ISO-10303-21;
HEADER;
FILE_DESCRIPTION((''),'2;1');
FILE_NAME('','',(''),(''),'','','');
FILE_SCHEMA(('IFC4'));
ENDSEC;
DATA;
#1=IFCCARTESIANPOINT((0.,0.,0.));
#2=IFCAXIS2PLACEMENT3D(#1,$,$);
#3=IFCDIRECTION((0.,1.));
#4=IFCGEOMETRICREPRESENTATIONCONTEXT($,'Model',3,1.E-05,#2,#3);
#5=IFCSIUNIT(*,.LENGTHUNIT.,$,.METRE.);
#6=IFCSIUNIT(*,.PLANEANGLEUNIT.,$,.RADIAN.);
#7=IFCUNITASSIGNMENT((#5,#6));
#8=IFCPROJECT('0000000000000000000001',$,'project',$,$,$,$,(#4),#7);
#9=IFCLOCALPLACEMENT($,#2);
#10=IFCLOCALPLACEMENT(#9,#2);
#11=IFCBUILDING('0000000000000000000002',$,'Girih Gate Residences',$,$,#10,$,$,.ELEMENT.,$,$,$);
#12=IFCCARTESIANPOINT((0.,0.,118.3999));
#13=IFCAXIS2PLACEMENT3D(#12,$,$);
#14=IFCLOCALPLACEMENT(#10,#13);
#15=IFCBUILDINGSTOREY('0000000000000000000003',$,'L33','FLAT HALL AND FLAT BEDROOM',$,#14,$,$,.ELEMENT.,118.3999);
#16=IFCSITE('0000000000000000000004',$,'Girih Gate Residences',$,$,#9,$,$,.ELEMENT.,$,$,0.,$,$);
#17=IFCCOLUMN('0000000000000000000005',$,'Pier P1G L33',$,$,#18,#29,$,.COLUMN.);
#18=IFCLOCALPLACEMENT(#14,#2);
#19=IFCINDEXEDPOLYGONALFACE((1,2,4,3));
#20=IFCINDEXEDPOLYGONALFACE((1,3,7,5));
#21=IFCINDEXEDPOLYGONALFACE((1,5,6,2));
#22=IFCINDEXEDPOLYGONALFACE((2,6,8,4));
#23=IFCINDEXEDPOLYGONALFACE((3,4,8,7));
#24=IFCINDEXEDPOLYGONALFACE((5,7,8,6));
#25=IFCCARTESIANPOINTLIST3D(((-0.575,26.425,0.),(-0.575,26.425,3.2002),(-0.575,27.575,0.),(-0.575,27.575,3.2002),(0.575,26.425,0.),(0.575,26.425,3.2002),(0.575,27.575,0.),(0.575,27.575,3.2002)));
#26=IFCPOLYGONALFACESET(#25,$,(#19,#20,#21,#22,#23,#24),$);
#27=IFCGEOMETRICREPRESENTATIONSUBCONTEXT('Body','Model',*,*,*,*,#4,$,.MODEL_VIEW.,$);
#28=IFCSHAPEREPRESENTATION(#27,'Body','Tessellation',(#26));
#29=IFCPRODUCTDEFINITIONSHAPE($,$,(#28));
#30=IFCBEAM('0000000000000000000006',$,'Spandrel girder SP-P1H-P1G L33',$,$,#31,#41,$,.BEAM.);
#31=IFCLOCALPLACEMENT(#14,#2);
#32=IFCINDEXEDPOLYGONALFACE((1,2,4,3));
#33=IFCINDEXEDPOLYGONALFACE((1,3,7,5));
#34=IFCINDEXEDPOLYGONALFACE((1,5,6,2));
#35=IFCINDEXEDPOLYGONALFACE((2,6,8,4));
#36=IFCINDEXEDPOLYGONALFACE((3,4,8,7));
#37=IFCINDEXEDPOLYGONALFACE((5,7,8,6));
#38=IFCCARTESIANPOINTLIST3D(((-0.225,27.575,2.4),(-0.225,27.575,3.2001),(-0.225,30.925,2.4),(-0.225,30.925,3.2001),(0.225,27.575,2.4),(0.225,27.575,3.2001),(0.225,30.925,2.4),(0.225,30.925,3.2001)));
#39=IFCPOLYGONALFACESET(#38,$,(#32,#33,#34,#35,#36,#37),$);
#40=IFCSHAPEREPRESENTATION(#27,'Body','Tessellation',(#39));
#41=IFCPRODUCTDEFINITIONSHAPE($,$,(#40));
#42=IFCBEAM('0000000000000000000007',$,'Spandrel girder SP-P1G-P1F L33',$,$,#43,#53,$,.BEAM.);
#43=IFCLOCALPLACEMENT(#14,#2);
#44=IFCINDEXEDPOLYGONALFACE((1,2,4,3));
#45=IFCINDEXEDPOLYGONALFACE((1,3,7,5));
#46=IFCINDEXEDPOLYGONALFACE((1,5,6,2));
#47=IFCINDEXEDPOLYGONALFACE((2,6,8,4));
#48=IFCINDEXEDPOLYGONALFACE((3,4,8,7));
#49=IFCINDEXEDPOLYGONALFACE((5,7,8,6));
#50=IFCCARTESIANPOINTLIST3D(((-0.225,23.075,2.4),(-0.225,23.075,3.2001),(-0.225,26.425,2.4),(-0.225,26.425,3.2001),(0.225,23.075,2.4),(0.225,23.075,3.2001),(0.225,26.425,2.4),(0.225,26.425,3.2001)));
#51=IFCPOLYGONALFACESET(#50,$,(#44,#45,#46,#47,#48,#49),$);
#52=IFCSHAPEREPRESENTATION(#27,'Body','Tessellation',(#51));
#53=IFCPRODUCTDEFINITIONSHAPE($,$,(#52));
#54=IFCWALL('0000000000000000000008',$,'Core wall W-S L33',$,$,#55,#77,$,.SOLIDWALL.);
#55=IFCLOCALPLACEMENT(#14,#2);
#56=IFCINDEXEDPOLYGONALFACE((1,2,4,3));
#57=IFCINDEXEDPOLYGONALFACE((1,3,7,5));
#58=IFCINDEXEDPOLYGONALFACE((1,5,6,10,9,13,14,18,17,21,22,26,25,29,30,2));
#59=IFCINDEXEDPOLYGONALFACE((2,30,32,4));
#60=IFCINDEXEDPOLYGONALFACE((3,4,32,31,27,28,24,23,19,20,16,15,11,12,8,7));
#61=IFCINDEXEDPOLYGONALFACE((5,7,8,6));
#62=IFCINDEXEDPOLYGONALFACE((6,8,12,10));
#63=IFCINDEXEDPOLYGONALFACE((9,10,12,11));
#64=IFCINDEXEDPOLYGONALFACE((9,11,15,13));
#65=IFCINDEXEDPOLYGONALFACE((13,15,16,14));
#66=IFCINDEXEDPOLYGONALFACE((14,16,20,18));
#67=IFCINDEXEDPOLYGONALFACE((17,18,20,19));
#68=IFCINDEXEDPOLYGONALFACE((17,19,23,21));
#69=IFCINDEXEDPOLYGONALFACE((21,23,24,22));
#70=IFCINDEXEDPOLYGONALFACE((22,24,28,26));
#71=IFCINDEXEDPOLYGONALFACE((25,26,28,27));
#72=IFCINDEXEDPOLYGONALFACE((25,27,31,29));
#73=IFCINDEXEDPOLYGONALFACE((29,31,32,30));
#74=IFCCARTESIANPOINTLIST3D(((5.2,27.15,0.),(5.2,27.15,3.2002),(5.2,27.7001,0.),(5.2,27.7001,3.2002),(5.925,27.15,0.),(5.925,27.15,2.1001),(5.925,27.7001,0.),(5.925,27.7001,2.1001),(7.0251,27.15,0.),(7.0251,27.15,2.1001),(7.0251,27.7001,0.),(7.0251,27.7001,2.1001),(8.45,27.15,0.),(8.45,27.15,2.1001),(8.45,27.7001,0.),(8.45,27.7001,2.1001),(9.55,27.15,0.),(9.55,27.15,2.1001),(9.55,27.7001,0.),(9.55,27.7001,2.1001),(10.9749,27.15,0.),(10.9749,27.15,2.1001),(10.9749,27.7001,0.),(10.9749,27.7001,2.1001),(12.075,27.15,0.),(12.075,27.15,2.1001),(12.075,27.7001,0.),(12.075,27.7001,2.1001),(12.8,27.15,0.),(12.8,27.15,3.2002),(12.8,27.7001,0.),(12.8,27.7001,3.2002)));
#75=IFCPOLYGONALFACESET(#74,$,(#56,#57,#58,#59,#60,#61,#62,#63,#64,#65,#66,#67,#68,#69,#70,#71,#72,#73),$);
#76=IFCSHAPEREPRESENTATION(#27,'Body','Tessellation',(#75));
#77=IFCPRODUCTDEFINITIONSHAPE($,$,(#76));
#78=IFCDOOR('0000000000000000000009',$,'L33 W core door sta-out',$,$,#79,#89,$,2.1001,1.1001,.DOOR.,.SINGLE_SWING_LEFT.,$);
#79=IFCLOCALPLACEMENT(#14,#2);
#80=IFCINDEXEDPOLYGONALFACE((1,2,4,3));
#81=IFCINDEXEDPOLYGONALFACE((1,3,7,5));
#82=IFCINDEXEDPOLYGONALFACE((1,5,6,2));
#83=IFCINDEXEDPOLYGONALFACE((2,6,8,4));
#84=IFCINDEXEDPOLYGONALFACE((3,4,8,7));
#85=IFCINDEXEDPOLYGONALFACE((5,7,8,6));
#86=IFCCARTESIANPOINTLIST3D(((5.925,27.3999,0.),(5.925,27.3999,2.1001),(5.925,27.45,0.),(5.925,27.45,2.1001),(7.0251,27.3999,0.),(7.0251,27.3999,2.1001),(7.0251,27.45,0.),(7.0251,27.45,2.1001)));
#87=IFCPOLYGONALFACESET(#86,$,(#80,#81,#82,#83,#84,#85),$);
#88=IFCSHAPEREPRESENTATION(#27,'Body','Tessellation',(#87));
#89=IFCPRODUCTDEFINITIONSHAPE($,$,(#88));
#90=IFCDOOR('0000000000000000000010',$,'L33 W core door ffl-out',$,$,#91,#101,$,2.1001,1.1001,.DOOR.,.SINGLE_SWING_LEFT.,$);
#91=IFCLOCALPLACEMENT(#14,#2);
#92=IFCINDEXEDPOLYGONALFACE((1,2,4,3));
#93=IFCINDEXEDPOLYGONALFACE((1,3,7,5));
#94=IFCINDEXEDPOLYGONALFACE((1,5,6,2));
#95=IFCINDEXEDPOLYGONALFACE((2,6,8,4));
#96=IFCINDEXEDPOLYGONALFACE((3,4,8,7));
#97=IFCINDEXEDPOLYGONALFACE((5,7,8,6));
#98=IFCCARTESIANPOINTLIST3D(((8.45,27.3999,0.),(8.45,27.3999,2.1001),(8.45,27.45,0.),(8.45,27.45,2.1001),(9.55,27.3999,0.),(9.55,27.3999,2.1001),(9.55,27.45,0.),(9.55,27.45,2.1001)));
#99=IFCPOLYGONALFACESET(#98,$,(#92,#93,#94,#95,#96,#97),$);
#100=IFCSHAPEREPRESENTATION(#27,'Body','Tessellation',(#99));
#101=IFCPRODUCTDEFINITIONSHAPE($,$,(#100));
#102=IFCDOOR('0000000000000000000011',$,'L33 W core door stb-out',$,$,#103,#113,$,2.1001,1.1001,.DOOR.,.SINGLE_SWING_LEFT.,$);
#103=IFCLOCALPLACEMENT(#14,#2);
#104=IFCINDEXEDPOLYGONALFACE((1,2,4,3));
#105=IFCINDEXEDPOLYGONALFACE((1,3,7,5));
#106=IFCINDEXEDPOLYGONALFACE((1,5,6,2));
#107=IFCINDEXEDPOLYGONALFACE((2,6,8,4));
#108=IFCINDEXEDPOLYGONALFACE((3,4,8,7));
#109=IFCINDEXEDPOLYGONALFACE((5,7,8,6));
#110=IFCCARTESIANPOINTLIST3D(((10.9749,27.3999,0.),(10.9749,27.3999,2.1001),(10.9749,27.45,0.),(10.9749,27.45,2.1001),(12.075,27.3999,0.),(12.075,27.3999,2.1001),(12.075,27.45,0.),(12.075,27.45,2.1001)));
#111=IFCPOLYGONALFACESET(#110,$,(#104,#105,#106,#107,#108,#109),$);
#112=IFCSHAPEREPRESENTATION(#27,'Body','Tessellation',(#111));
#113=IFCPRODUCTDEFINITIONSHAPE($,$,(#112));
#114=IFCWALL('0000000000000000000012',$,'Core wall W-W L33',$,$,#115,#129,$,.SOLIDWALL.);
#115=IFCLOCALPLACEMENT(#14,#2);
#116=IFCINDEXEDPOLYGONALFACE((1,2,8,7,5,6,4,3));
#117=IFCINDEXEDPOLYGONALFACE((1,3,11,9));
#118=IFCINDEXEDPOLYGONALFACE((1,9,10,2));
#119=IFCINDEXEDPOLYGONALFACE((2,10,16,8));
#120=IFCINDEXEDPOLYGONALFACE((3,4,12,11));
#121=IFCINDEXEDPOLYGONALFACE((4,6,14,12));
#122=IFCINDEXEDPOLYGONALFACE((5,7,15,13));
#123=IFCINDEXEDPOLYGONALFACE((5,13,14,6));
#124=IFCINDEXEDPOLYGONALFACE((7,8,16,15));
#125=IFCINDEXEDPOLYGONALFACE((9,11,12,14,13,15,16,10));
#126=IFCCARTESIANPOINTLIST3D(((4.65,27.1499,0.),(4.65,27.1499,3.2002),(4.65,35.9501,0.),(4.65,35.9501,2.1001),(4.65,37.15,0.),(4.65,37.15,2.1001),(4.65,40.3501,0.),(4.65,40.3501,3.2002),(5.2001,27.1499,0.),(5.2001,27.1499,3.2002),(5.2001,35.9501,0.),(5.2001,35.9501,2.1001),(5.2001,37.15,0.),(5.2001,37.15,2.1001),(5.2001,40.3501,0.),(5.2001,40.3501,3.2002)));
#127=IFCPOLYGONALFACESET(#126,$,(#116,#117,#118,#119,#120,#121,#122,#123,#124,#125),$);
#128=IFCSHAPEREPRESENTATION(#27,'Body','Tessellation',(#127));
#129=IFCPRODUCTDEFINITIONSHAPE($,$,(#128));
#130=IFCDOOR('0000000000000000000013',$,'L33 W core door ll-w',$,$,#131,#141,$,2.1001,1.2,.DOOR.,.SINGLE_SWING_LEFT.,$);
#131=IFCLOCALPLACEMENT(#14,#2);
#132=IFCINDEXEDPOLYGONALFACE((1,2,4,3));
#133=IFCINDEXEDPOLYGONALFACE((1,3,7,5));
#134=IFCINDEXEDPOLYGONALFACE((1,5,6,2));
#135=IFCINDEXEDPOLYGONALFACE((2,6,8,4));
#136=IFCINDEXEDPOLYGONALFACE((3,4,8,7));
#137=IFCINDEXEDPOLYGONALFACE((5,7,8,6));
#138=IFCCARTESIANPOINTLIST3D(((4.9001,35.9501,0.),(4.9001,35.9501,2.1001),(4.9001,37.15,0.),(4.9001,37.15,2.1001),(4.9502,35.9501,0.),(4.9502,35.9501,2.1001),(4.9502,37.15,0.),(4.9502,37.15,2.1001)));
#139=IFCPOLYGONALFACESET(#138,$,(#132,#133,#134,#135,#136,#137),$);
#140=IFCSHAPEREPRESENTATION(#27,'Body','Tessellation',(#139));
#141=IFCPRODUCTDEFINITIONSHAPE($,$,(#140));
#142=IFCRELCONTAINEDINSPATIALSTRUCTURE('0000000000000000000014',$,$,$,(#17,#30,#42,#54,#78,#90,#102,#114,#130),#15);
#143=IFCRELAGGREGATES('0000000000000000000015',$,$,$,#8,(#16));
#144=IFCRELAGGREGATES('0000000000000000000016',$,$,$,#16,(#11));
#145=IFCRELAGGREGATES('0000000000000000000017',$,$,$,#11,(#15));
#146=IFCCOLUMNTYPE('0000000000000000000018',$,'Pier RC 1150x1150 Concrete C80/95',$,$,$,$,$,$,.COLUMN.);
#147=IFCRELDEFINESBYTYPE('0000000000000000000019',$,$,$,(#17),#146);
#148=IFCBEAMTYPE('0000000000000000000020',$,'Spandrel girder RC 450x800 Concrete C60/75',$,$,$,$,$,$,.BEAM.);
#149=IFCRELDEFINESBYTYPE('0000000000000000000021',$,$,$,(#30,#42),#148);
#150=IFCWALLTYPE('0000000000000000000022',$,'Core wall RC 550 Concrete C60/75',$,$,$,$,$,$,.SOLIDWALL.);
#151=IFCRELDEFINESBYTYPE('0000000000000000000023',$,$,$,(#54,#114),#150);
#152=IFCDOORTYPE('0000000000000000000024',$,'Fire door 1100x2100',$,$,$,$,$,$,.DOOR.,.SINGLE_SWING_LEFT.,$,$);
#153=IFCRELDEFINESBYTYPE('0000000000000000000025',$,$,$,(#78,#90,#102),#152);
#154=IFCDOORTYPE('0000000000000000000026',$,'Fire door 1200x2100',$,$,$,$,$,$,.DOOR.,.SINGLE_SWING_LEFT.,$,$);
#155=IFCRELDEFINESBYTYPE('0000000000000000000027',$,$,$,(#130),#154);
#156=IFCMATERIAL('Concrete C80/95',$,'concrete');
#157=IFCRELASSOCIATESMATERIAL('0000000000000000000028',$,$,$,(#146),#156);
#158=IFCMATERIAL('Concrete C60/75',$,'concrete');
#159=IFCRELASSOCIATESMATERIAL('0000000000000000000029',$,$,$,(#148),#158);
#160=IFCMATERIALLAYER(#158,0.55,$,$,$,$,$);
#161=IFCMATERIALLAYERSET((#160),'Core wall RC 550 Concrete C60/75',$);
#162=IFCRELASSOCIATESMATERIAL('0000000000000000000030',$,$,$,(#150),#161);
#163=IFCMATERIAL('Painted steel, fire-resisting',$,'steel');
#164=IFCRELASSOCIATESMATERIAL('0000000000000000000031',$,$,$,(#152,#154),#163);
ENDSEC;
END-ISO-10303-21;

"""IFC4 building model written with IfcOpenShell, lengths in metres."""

from ifc_helpers import new_model, si_unit, direction, frame, frame_2d, origin, origin_2d, place, context, subcontext, project, spatial, rectangle, extrude, material, layer, layer_set, material_profile, profile_set, type_object, element, fill, save


model = new_model("IFC4")

# Units and contexts
model_context = context("Model", 3, precision=1e-05, world=origin(), true_north=direction((0.0, 1.0)))
body_context = subcontext(model_context, "Body", "Model", "MODEL_VIEW")
ifc_project = project(units=[si_unit("LENGTHUNIT", "METRE"), si_unit("PLANEANGLEUNIT", "RADIAN")], contexts=[model_context])

# Site, building, storey
site_placement = place(None, origin())
site = spatial("IfcSite", under=ifc_project, at=site_placement, Name="Girih Gate Residences", CompositionType="ELEMENT", RefElevation=0.0)
building_placement = place(site_placement, origin())
building = spatial("IfcBuilding", under=site, at=building_placement, Name="Girih Gate Residences", CompositionType="ELEMENT")
storey_placement = place(building_placement, frame((0.0, 0.0, 118.3999)))
storey = spatial("IfcBuildingStorey", under=building, at=storey_placement, Name="L33", Description="FLAT HALL AND FLAT BEDROOM", CompositionType="ELEMENT", Elevation=118.3999)

# Column
ifc_material_1 = material(Name="Concrete C80/95", Category="concrete")
ifc_material_profile_1 = material_profile(ifc_material_1, rectangle(XDim=1.1499, YDim=1.1499, at=origin_2d()))
ifc_profile_set_1 = profile_set([ifc_material_profile_1], Name="Concrete C80/95")
column_type = type_object("IfcColumnType", Name="Pier RC 1150x1150 Concrete C80/95", PredefinedType="COLUMN", material=ifc_profile_set_1)
column_placement = place(storey_placement, frame((0.0, 27.0, 0.0), z_axis=(0.0, 0.0, 1.0), x_axis=(1.0, 0.0, 0.0)))
element("IfcColumn", 1, at=column_placement, inside=storey, type_object=column_type, Name="Pier P1G L33", PredefinedType="COLUMN", context=body_context, shape_type="SweptSolid", body=[
    extrude(rectangle(XDim=1.1499, YDim=1.1499, at=origin_2d()), origin(), (0.0, 0.0, 1.0), 3.2002),
])

# Beams
ifc_material_2 = material(Name="Concrete C60/75", Category="concrete")
ifc_material_profile_2 = material_profile(ifc_material_2, rectangle(XDim=0.45, YDim=0.8, at=origin_2d()))
ifc_profile_set_2 = profile_set([ifc_material_profile_2], Name="Concrete C60/75")
beam_type = type_object("IfcBeamType", Name="Spandrel girder RC 450x800 Concrete C60/75", PredefinedType="BEAM", material=ifc_profile_set_2)
for number, where, z_axis, x_axis, name in (
    (2, (0.0, 30.925, 2.8), (0.0, -1.0, 0.0), (1.0, 0.0, 0.0), "Spandrel girder SP-P1H-P1G L33"),
    (3, (0.0, 26.425, 2.8), (0.0, -1.0, 0.0), (1.0, 0.0, 0.0), "Spandrel girder SP-P1G-P1F L33"),
):
    element("IfcBeam", number, at=place(storey_placement, frame(where, z_axis=z_axis, x_axis=x_axis)), inside=storey, type_object=beam_type, Name=name, PredefinedType="BEAM", context=body_context, shape_type="SweptSolid", body=[
        extrude(rectangle(XDim=0.45, YDim=0.8, at=origin_2d()), origin(), (0.0, 0.0, 1.0), 3.3501),
    ])

# Wall, openings, doors
ifc_layer_1 = layer(ifc_material_2, 0.55)
ifc_layer_set_1 = layer_set([ifc_layer_1], Name="Core wall RC 550 Concrete C60/75")
wall_type_1 = type_object("IfcWallType", Name="Core wall RC 550 Concrete C60/75", PredefinedType="SOLIDWALL", material=ifc_layer_set_1)
wall_1_placement = place(storey_placement, frame((5.2, 27.425, 0.0), z_axis=(0.0, 0.0, 1.0), x_axis=(1.0, 0.0, 0.0)))
wall_1 = element("IfcWall", 4, at=wall_1_placement, inside=storey, type_object=wall_type_1, Name="Core wall W-S L33", PredefinedType="SOLIDWALL", context=body_context, shape_type="SweptSolid", body=[
    extrude(rectangle(XDim=7.6001, YDim=0.55, at=frame_2d((3.8, 0.0))), origin(), (0.0, 0.0, 1.0), 3.2002),
])
opening_1_placement = place(wall_1_placement, frame((0.7251, 0.0, 0.0)))
opening_1 = element("IfcOpeningElement", 5, at=opening_1_placement, cuts=wall_1, PredefinedType="OPENING", context=body_context, shape_type="SweptSolid", body=[
    extrude(rectangle(XDim=1.1001, YDim=2.1001, at=frame_2d((0.55, 1.05))), frame((0.0, 0.2849, 0.0), z_axis=(0.0, -1.0, 0.0), x_axis=(1.0, 0.0, 0.0)), (0.0, 0.0, 1.0), 0.5701),
])
opening_2_placement = place(wall_1_placement, frame((3.25, 0.0, 0.0)))
opening_2 = element("IfcOpeningElement", 6, at=opening_2_placement, cuts=wall_1, PredefinedType="OPENING", context=body_context, shape_type="SweptSolid", body=[
    extrude(rectangle(XDim=1.1001, YDim=2.1001, at=frame_2d((0.55, 1.05))), frame((0.0, 0.2849, 0.0), z_axis=(0.0, -1.0, 0.0), x_axis=(1.0, 0.0, 0.0)), (0.0, 0.0, 1.0), 0.5701),
])
opening_3_placement = place(wall_1_placement, frame((5.7749, 0.0, 0.0)))
opening_3 = element("IfcOpeningElement", 7, at=opening_3_placement, cuts=wall_1, PredefinedType="OPENING", context=body_context, shape_type="SweptSolid", body=[
    extrude(rectangle(XDim=1.1001, YDim=2.1001, at=frame_2d((0.55, 1.05))), frame((0.0, 0.2849, 0.0), z_axis=(0.0, -1.0, 0.0), x_axis=(1.0, 0.0, 0.0)), (0.0, 0.0, 1.0), 0.5701),
])
ifc_material_3 = material(Name="Painted steel, fire-resisting", Category="steel")
door_type_1 = type_object("IfcDoorType", Name="Fire door 1100x2100", OperationType="SINGLE_SWING_LEFT", PredefinedType="DOOR", material=ifc_material_3)
door_1_placement = place(opening_1_placement, origin())
door_1 = element("IfcDoor", 8, at=door_1_placement, inside=storey, type_object=door_type_1, Name="L33 W core door sta-out", OperationType="SINGLE_SWING_LEFT", OverallHeight=2.1001, OverallWidth=1.1001, PredefinedType="DOOR", context=body_context, shape_type="SweptSolid", body=[
    extrude(rectangle(XDim=1.1001, YDim=2.1001, at=frame_2d((0.55, 1.05))), frame((0.0, 0.0249, 0.0), z_axis=(0.0, -1.0, 0.0), x_axis=(1.0, 0.0, 0.0)), (0.0, 0.0, 1.0), 0.05),
])
fill(opening_1, door_1)
door_2_placement = place(opening_2_placement, origin())
door_2 = element("IfcDoor", 9, at=door_2_placement, inside=storey, type_object=door_type_1, Name="L33 W core door ffl-out", OperationType="SINGLE_SWING_LEFT", OverallHeight=2.1001, OverallWidth=1.1001, PredefinedType="DOOR", context=body_context, shape_type="SweptSolid", body=[
    extrude(rectangle(XDim=1.1001, YDim=2.1001, at=frame_2d((0.55, 1.05))), frame((0.0, 0.0249, 0.0), z_axis=(0.0, -1.0, 0.0), x_axis=(1.0, 0.0, 0.0)), (0.0, 0.0, 1.0), 0.05),
])
fill(opening_2, door_2)
door_3_placement = place(opening_3_placement, origin())
door_3 = element("IfcDoor", 10, at=door_3_placement, inside=storey, type_object=door_type_1, Name="L33 W core door stb-out", OperationType="SINGLE_SWING_LEFT", OverallHeight=2.1001, OverallWidth=1.1001, PredefinedType="DOOR", context=body_context, shape_type="SweptSolid", body=[
    extrude(rectangle(XDim=1.1001, YDim=2.1001, at=frame_2d((0.55, 1.05))), frame((0.0, 0.0249, 0.0), z_axis=(0.0, -1.0, 0.0), x_axis=(1.0, 0.0, 0.0)), (0.0, 0.0, 1.0), 0.05),
])
fill(opening_3, door_3)

# Wall, opening, door
wall_2_placement = place(storey_placement, frame((4.925, 27.1499, 0.0), z_axis=(0.0, 0.0, 1.0), x_axis=(0.0, 1.0, 0.0)))
wall_2 = element("IfcWall", 11, at=wall_2_placement, inside=storey, type_object=wall_type_1, Name="Core wall W-W L33", PredefinedType="SOLIDWALL", context=body_context, shape_type="SweptSolid", body=[
    extrude(rectangle(XDim=13.2002, YDim=0.55, at=frame_2d((6.6001, 0.0))), origin(), (0.0, 0.0, 1.0), 3.2002),
])
opening_4_placement = place(wall_2_placement, frame((8.8, 0.0, 0.0)))
opening_4 = element("IfcOpeningElement", 12, at=opening_4_placement, cuts=wall_2, PredefinedType="OPENING", context=body_context, shape_type="SweptSolid", body=[
    extrude(rectangle(XDim=1.2, YDim=2.1001, at=frame_2d((0.6001, 1.05))), frame((0.0, 0.2849, 0.0), z_axis=(0.0, -1.0, 0.0), x_axis=(1.0, 0.0, 0.0)), (0.0, 0.0, 1.0), 0.5701),
])
door_type_2 = type_object("IfcDoorType", Name="Fire door 1200x2100", OperationType="SINGLE_SWING_LEFT", PredefinedType="DOOR", material=ifc_material_3)
door_4_placement = place(opening_4_placement, origin())
door_4 = element("IfcDoor", 13, at=door_4_placement, inside=storey, type_object=door_type_2, Name="L33 W core door ll-w", OperationType="SINGLE_SWING_LEFT", OverallHeight=2.1001, OverallWidth=1.2, PredefinedType="DOOR", context=body_context, shape_type="SweptSolid", body=[
    extrude(rectangle(XDim=1.2, YDim=2.1001, at=frame_2d((0.6001, 1.05))), frame((0.0, 0.0249, 0.0), z_axis=(0.0, -1.0, 0.0), x_axis=(1.0, 0.0, 0.0)), (0.0, 0.0, 1.0), 0.05),
])
fill(opening_4, door_4)

save(model, "model.ifc")
